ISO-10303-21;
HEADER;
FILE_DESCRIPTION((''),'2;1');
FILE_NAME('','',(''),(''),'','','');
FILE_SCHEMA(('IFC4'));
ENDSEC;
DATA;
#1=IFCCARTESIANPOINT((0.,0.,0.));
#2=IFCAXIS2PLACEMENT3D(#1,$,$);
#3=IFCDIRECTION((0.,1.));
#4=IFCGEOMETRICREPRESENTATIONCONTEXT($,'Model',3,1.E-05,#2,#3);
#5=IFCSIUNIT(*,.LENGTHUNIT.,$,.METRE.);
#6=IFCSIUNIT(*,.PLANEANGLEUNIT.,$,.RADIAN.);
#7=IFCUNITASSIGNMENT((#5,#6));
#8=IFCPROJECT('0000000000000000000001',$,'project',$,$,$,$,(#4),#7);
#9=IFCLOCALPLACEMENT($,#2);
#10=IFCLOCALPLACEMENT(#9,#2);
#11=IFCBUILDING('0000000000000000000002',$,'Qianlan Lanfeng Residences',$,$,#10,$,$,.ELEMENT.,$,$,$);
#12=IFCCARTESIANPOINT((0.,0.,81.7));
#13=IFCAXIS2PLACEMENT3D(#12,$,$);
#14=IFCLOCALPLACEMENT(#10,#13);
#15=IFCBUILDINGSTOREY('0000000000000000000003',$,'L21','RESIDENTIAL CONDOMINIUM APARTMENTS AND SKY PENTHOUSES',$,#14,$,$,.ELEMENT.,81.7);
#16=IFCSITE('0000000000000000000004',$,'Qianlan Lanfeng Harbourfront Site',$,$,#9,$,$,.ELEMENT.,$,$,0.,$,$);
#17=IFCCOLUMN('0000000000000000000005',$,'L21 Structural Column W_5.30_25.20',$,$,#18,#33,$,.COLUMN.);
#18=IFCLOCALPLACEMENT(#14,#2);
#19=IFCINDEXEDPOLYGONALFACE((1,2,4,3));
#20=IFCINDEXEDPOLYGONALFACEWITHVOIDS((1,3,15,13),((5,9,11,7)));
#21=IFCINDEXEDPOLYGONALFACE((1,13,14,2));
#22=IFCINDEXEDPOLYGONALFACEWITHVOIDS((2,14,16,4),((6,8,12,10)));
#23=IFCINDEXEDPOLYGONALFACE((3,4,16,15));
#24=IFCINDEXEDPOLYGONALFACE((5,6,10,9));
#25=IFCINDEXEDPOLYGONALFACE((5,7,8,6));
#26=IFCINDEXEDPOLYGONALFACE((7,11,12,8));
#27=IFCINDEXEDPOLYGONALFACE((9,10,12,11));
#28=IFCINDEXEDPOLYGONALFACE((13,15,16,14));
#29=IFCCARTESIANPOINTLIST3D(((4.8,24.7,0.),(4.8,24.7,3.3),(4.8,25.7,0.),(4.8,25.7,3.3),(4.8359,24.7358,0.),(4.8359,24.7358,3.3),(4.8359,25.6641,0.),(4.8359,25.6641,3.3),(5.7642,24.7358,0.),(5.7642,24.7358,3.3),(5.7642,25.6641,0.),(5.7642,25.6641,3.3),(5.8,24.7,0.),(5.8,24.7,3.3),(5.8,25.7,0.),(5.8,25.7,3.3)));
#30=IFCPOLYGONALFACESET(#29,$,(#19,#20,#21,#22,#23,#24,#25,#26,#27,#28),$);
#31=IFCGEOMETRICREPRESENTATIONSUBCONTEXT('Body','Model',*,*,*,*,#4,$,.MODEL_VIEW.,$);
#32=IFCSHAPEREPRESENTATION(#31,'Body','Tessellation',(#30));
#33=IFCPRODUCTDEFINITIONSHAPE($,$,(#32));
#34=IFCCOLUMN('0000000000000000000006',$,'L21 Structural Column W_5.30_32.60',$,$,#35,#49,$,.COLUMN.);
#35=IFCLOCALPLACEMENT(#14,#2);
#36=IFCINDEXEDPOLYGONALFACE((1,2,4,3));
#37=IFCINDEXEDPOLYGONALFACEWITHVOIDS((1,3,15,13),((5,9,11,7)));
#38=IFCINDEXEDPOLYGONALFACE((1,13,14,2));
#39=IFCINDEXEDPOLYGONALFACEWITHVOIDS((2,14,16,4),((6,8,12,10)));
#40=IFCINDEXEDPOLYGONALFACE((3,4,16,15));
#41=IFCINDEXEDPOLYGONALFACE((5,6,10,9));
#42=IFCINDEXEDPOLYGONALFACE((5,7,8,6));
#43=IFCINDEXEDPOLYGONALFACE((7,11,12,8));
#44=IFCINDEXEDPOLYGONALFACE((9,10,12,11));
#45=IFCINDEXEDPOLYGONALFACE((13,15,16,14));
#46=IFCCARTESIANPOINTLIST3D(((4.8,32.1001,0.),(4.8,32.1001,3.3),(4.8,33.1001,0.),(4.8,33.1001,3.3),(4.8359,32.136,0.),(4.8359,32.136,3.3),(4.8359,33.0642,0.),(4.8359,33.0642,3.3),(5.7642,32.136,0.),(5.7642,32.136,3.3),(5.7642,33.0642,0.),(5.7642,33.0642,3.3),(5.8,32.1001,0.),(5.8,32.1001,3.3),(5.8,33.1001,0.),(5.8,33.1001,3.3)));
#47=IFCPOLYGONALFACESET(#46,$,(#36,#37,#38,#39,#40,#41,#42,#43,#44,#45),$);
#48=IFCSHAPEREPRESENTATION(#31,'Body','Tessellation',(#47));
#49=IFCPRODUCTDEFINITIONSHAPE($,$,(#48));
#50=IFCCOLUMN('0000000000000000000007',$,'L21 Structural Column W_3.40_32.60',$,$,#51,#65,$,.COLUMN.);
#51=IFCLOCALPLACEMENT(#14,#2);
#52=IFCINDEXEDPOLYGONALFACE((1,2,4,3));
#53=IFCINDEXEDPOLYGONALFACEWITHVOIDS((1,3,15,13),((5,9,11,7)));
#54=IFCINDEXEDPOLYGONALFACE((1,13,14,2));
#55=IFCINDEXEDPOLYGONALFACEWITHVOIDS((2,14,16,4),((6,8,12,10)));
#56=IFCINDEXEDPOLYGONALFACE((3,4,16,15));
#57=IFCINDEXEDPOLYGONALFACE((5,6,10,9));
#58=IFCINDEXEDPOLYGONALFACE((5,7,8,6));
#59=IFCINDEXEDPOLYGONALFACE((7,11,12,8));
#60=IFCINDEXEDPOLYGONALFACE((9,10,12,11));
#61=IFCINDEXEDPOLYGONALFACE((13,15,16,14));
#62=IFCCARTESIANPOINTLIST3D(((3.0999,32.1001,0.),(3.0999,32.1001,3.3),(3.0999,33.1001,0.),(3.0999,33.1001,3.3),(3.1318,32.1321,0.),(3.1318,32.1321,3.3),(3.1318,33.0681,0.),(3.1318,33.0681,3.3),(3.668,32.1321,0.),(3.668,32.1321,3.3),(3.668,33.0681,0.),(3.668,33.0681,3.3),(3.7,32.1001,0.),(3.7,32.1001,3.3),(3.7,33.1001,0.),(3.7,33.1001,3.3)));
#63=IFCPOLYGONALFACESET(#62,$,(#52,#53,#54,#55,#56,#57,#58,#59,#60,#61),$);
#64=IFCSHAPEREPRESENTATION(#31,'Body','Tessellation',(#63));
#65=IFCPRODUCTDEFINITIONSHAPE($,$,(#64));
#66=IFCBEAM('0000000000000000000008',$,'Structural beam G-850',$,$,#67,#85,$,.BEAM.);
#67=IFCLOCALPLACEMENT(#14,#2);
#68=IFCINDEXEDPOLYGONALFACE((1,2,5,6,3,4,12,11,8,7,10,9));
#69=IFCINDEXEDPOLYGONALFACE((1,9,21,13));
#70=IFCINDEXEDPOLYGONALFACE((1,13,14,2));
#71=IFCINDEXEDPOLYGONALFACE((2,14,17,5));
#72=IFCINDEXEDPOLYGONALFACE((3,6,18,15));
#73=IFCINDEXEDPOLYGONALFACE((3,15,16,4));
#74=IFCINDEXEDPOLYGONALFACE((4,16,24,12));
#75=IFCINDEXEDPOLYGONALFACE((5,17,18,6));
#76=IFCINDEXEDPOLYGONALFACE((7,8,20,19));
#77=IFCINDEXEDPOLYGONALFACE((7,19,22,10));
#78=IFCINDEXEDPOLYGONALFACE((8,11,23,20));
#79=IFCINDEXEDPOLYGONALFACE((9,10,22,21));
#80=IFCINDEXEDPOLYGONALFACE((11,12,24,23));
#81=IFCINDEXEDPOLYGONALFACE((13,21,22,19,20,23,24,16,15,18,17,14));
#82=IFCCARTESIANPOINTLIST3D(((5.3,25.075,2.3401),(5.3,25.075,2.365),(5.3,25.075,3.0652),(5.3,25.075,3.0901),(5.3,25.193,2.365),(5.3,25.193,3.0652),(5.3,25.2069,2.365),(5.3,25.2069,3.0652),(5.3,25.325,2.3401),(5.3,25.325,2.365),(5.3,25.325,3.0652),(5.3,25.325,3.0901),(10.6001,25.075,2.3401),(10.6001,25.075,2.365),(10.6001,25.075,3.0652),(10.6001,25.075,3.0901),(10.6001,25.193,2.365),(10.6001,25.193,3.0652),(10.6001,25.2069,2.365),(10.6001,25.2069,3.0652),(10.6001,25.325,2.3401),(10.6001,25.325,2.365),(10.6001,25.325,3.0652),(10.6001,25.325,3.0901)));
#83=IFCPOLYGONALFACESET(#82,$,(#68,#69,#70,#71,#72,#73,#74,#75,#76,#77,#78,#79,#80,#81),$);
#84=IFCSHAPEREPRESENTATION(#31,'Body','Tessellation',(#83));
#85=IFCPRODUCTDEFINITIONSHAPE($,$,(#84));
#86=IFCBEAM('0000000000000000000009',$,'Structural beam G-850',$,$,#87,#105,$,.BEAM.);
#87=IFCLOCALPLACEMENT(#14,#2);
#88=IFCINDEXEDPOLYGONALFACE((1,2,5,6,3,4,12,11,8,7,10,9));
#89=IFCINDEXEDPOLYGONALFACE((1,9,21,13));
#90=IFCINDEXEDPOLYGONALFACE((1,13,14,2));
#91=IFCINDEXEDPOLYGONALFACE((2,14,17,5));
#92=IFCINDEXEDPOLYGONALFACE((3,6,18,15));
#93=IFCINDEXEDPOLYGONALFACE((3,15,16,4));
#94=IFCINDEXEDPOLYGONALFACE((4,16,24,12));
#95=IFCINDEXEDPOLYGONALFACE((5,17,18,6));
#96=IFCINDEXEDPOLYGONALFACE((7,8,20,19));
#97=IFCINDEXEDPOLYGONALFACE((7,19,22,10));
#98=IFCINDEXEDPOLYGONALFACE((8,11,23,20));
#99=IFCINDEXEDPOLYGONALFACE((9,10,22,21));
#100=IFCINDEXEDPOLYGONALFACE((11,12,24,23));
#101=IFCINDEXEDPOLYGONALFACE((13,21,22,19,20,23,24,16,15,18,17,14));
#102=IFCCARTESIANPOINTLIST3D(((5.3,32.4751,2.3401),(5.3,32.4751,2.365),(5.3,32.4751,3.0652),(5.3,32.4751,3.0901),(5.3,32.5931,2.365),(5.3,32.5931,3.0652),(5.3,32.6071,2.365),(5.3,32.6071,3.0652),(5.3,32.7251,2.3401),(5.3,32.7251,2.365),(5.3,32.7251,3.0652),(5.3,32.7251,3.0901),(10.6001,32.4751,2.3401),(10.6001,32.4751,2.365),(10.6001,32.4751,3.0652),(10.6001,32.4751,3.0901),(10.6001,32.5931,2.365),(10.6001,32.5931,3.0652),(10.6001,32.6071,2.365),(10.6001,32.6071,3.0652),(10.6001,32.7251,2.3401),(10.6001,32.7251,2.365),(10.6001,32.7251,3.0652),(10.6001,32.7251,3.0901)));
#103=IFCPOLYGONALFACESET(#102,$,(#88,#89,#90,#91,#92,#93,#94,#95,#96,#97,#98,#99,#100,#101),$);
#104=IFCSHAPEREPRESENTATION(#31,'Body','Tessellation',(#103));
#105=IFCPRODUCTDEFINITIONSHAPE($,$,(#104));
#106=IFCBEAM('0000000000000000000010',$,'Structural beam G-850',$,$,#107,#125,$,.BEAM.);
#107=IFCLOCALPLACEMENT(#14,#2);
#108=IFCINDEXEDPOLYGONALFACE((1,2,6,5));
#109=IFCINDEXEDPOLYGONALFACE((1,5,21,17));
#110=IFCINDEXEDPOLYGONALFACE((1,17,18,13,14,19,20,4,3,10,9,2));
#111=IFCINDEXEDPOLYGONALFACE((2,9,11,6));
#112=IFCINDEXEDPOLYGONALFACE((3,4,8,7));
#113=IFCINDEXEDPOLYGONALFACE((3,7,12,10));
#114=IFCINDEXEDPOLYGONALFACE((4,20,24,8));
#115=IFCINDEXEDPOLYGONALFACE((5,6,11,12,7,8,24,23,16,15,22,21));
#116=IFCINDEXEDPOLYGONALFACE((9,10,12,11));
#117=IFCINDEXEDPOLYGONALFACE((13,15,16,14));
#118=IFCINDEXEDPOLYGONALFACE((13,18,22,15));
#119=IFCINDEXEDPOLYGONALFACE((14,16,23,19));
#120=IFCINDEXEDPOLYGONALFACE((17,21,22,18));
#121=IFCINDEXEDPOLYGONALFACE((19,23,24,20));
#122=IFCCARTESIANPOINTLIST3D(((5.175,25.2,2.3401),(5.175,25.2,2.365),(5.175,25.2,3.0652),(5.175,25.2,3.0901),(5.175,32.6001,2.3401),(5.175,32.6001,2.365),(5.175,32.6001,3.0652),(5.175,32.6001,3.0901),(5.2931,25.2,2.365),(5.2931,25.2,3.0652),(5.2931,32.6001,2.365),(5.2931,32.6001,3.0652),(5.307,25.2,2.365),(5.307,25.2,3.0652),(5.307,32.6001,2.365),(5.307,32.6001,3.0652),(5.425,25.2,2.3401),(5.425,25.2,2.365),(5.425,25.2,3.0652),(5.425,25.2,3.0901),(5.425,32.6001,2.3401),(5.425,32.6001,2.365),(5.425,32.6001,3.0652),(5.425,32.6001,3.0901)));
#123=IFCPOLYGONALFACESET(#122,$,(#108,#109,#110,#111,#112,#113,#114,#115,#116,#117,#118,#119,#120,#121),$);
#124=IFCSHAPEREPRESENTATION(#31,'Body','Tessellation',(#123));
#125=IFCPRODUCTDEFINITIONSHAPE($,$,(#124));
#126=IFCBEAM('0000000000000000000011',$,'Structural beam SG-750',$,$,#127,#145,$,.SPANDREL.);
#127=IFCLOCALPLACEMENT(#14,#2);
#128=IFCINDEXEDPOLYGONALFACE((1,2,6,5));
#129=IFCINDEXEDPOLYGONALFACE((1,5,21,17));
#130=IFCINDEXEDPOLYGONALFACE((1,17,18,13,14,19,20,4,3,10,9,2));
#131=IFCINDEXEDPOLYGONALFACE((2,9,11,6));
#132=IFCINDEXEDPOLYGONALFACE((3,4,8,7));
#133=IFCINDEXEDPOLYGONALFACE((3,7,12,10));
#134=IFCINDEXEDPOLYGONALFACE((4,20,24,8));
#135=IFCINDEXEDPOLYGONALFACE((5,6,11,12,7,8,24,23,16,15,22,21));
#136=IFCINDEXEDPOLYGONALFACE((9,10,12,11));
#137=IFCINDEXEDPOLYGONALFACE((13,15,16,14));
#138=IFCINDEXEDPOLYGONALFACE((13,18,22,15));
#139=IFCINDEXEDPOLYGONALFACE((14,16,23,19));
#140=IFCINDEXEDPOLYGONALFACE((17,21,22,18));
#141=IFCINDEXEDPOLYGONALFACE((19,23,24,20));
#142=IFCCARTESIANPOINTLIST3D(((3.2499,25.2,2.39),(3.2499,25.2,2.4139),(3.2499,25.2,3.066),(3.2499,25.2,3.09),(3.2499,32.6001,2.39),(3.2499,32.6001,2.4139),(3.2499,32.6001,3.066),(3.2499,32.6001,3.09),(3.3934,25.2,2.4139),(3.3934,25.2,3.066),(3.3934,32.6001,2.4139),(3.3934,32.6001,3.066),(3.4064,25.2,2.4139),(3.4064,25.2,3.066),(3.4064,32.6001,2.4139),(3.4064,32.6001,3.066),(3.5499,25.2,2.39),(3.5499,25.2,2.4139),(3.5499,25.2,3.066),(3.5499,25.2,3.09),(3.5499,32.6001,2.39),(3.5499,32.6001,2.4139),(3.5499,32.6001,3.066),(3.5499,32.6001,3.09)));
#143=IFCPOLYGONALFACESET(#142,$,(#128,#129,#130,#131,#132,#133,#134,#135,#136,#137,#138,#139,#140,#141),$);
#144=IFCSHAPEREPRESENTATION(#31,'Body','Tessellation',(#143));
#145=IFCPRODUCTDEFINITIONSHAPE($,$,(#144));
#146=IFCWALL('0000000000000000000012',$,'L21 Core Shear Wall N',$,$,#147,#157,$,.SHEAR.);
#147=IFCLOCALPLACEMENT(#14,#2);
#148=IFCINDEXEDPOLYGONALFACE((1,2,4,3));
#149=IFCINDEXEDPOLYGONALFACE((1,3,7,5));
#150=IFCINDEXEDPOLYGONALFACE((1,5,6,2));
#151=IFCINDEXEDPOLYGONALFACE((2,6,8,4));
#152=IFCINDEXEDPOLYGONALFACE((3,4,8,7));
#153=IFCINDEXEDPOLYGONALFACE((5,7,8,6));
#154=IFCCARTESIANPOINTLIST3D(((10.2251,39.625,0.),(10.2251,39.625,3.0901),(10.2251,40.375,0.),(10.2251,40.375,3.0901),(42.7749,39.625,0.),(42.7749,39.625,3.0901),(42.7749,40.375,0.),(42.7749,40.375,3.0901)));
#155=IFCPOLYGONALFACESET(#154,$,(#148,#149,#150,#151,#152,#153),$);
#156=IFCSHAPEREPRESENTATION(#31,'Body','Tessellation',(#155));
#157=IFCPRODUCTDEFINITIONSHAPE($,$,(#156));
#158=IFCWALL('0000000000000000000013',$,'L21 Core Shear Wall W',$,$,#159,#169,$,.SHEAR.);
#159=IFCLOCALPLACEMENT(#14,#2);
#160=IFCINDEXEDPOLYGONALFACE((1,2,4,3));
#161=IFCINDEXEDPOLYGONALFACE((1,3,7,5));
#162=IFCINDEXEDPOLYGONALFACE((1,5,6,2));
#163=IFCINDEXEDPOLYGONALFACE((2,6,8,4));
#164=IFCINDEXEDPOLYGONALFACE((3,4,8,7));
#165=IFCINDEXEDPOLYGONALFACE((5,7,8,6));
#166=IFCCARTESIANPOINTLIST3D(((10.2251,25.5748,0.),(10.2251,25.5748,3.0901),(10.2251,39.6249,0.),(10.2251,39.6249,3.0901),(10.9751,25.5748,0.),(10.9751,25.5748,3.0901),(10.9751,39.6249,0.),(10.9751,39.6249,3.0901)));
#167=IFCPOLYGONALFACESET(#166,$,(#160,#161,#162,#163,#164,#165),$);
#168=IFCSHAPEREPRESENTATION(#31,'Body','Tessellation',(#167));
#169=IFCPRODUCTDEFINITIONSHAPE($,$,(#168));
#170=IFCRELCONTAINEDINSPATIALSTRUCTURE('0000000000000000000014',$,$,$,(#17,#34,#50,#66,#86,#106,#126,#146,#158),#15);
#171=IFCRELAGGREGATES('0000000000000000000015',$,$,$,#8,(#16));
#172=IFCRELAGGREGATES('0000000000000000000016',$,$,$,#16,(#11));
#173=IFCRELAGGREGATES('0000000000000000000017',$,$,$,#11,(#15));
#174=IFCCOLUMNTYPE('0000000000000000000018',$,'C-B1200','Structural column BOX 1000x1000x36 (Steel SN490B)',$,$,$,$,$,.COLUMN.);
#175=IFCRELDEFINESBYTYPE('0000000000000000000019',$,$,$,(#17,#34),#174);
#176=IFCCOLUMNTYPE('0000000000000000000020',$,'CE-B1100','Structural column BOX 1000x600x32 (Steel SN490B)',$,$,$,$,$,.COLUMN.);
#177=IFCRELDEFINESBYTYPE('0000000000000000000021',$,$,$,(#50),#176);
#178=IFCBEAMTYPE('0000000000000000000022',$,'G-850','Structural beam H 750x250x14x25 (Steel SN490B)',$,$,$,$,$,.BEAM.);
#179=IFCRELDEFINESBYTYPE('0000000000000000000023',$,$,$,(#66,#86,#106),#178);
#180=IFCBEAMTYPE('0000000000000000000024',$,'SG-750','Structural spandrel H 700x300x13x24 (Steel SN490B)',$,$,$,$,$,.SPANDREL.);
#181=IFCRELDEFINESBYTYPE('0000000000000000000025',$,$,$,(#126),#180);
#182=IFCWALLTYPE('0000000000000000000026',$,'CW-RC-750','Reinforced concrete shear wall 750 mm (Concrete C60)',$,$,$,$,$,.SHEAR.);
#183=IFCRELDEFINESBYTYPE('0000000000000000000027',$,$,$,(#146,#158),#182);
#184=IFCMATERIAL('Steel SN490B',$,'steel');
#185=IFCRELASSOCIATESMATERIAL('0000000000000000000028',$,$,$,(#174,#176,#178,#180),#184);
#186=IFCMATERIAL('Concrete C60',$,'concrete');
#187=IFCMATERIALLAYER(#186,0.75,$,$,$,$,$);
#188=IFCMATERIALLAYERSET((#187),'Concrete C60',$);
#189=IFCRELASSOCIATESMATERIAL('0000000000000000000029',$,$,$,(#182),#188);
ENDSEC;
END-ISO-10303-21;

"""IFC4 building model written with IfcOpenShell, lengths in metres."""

from ifc_helpers import new_model, si_unit, direction, frame, frame_2d, origin, origin_2d, place, context, subcontext, project, spatial, rectangle, hollow_rectangle, i_section, extrude, material, layer, layer_set, material_profile, profile_set, type_object, element, save


model = new_model("IFC4")

# Units and contexts
model_context = context("Model", 3, precision=1e-05, world=origin(), true_north=direction((0.0, 1.0)))
body_context = subcontext(model_context, "Body", "Model", "MODEL_VIEW")
ifc_project = project(units=[si_unit("LENGTHUNIT", "METRE"), si_unit("PLANEANGLEUNIT", "RADIAN")], contexts=[model_context])

# Site, building, storey
site_placement = place(None, origin())
site = spatial("IfcSite", under=ifc_project, at=site_placement, Name="Qianlan Lanfeng Harbourfront Site", CompositionType="ELEMENT", RefElevation=0.0)
building_placement = place(site_placement, origin())
building = spatial("IfcBuilding", under=site, at=building_placement, Name="Qianlan Lanfeng Residences", CompositionType="ELEMENT")
storey_placement = place(building_placement, frame((0.0, 0.0, 81.7)))
storey = spatial("IfcBuildingStorey", under=building, at=storey_placement, Name="L21", Description="RESIDENTIAL CONDOMINIUM APARTMENTS AND SKY PENTHOUSES", CompositionType="ELEMENT", Elevation=81.7)

# Columns
ifc_material_1 = material(Name="Steel SN490B", Category="steel")
ifc_material_profile_1 = material_profile(ifc_material_1, hollow_rectangle(XDim=1.0, YDim=1.0, WallThickness=0.0359, at=origin_2d()), Name="BOX 1000x1000x36")
ifc_profile_set_1 = profile_set([ifc_material_profile_1], Name="Steel SN490B")
column_type_1 = type_object("IfcColumnType", Name="C-B1200", Description="Structural column BOX 1000x1000x36 (Steel SN490B)", PredefinedType="COLUMN", material=ifc_profile_set_1)
for number, where, z_axis, x_axis, name in (
    (1, (5.3, 25.2, 0.0), (0.0, 0.0, 1.0), (1.0, 0.0, 0.0), "L21 Structural Column W_5.30_25.20"),
    (2, (5.3, 32.6001, 0.0), (0.0, 0.0, 1.0), (1.0, 0.0, 0.0), "L21 Structural Column W_5.30_32.60"),
):
    element("IfcColumn", number, at=place(storey_placement, frame(where, z_axis=z_axis, x_axis=x_axis)), inside=storey, type_object=column_type_1, Name=name, PredefinedType="COLUMN", context=body_context, shape_type="SweptSolid", body=[
        extrude(hollow_rectangle(XDim=1.0, YDim=1.0, WallThickness=0.0359, at=origin_2d()), origin(), (0.0, 0.0, 1.0), 3.3),
    ])
ifc_material_profile_2 = material_profile(ifc_material_1, hollow_rectangle(XDim=0.6001, YDim=1.0, WallThickness=0.032, at=origin_2d()), Name="BOX 1000x600x32")
ifc_profile_set_2 = profile_set([ifc_material_profile_2], Name="Steel SN490B")
column_type_2 = type_object("IfcColumnType", Name="CE-B1100", Description="Structural column BOX 1000x600x32 (Steel SN490B)", PredefinedType="COLUMN", material=ifc_profile_set_2)
column_placement = place(storey_placement, frame((3.3999, 32.6001, 0.0), z_axis=(0.0, 0.0, 1.0), x_axis=(1.0, 0.0, 0.0)))
element("IfcColumn", 3, at=column_placement, inside=storey, type_object=column_type_2, Name="L21 Structural Column W_3.40_32.60", PredefinedType="COLUMN", context=body_context, shape_type="SweptSolid", body=[
    extrude(hollow_rectangle(XDim=0.6001, YDim=1.0, WallThickness=0.032, at=origin_2d()), origin(), (0.0, 0.0, 1.0), 3.3),
])

# Beams
ifc_material_profile_3 = material_profile(ifc_material_1, i_section(OverallWidth=0.25, OverallDepth=0.75, WebThickness=0.0139, FlangeThickness=0.0249, at=origin_2d()), Name="H 750x250x14x25")
ifc_profile_set_3 = profile_set([ifc_material_profile_3], Name="Steel SN490B")
beam_type_1 = type_object("IfcBeamType", Name="G-850", Description="Structural beam H 750x250x14x25 (Steel SN490B)", PredefinedType="BEAM", material=ifc_profile_set_3)
for number, where, z_axis, x_axis, name in (
    (4, (5.3, 25.2, 2.7151), (1.0, 0.0, 0.0), (0.0, 1.0, 0.0), "Structural beam G-850"),
    (5, (5.3, 32.6001, 2.7151), (1.0, 0.0, 0.0), (0.0, 1.0, 0.0), "Structural beam G-850"),
):
    element("IfcBeam", number, at=place(storey_placement, frame(where, z_axis=z_axis, x_axis=x_axis)), inside=storey, type_object=beam_type_1, Name=name, PredefinedType="BEAM", context=body_context, shape_type="SweptSolid", body=[
        extrude(i_section(OverallWidth=0.25, OverallDepth=0.75, WebThickness=0.0139, FlangeThickness=0.0249, at=origin_2d()), origin(), (0.0, 0.0, 1.0), 5.3),
    ])
beam_1_placement = place(storey_placement, frame((5.3, 25.2, 2.7151), z_axis=(0.0, 1.0, 0.0), x_axis=(-1.0, 0.0, 0.0)))
element("IfcBeam", 6, at=beam_1_placement, inside=storey, type_object=beam_type_1, Name="Structural beam G-850", PredefinedType="BEAM", context=body_context, shape_type="SweptSolid", body=[
    extrude(i_section(OverallWidth=0.25, OverallDepth=0.75, WebThickness=0.0139, FlangeThickness=0.0249, at=origin_2d()), origin(), (0.0, 0.0, 1.0), 7.4001),
])
ifc_material_profile_4 = material_profile(ifc_material_1, i_section(OverallWidth=0.3, OverallDepth=0.7, WebThickness=0.0129, FlangeThickness=0.0239, at=origin_2d()), Name="H 700x300x13x24")
ifc_profile_set_4 = profile_set([ifc_material_profile_4], Name="Steel SN490B")
beam_type_2 = type_object("IfcBeamType", Name="SG-750", Description="Structural spandrel H 700x300x13x24 (Steel SN490B)", PredefinedType="SPANDREL", material=ifc_profile_set_4)
beam_2_placement = place(storey_placement, frame((3.3999, 25.2, 2.74), z_axis=(0.0, 1.0, 0.0), x_axis=(-1.0, 0.0, 0.0)))
element("IfcBeam", 7, at=beam_2_placement, inside=storey, type_object=beam_type_2, Name="Structural beam SG-750", PredefinedType="SPANDREL", context=body_context, shape_type="SweptSolid", body=[
    extrude(i_section(OverallWidth=0.3, OverallDepth=0.7, WebThickness=0.0129, FlangeThickness=0.0239, at=origin_2d()), origin(), (0.0, 0.0, 1.0), 7.4001),
])

# Walls
ifc_material_2 = material(Name="Concrete C60", Category="concrete")
ifc_layer_1 = layer(ifc_material_2, 0.75)
ifc_layer_set_1 = layer_set([ifc_layer_1], Name="Concrete C60")
wall_type_1 = type_object("IfcWallType", Name="CW-RC-750", Description="Reinforced concrete shear wall 750 mm (Concrete C60)", PredefinedType="SHEAR", material=ifc_layer_set_1)
wall_1_placement = place(storey_placement, frame((10.2251, 40.0, 0.0), z_axis=(0.0, 0.0, 1.0), x_axis=(1.0, 0.0, 0.0)))
element("IfcWall", 8, at=wall_1_placement, inside=storey, type_object=wall_type_1, Name="L21 Core Shear Wall N", PredefinedType="SHEAR", context=body_context, shape_type="SweptSolid", body=[
    extrude(rectangle(XDim=32.5498, YDim=0.75, at=frame_2d((16.2749, 0.0))), origin(), (0.0, 0.0, 1.0), 3.0901),
])
wall_2_placement = place(storey_placement, frame((10.6001, 25.575, 0.0), z_axis=(0.0, 0.0, 1.0), x_axis=(0.0, 1.0, 0.0)))
element("IfcWall", 9, at=wall_2_placement, inside=storey, type_object=wall_type_1, Name="L21 Core Shear Wall W", PredefinedType="SHEAR", context=body_context, shape_type="SweptSolid", body=[
    extrude(rectangle(XDim=14.05, YDim=0.75, at=frame_2d((7.0249, 0.0))), origin(), (0.0, 0.0, 1.0), 3.0901),
])

save(model, "model.ifc")
